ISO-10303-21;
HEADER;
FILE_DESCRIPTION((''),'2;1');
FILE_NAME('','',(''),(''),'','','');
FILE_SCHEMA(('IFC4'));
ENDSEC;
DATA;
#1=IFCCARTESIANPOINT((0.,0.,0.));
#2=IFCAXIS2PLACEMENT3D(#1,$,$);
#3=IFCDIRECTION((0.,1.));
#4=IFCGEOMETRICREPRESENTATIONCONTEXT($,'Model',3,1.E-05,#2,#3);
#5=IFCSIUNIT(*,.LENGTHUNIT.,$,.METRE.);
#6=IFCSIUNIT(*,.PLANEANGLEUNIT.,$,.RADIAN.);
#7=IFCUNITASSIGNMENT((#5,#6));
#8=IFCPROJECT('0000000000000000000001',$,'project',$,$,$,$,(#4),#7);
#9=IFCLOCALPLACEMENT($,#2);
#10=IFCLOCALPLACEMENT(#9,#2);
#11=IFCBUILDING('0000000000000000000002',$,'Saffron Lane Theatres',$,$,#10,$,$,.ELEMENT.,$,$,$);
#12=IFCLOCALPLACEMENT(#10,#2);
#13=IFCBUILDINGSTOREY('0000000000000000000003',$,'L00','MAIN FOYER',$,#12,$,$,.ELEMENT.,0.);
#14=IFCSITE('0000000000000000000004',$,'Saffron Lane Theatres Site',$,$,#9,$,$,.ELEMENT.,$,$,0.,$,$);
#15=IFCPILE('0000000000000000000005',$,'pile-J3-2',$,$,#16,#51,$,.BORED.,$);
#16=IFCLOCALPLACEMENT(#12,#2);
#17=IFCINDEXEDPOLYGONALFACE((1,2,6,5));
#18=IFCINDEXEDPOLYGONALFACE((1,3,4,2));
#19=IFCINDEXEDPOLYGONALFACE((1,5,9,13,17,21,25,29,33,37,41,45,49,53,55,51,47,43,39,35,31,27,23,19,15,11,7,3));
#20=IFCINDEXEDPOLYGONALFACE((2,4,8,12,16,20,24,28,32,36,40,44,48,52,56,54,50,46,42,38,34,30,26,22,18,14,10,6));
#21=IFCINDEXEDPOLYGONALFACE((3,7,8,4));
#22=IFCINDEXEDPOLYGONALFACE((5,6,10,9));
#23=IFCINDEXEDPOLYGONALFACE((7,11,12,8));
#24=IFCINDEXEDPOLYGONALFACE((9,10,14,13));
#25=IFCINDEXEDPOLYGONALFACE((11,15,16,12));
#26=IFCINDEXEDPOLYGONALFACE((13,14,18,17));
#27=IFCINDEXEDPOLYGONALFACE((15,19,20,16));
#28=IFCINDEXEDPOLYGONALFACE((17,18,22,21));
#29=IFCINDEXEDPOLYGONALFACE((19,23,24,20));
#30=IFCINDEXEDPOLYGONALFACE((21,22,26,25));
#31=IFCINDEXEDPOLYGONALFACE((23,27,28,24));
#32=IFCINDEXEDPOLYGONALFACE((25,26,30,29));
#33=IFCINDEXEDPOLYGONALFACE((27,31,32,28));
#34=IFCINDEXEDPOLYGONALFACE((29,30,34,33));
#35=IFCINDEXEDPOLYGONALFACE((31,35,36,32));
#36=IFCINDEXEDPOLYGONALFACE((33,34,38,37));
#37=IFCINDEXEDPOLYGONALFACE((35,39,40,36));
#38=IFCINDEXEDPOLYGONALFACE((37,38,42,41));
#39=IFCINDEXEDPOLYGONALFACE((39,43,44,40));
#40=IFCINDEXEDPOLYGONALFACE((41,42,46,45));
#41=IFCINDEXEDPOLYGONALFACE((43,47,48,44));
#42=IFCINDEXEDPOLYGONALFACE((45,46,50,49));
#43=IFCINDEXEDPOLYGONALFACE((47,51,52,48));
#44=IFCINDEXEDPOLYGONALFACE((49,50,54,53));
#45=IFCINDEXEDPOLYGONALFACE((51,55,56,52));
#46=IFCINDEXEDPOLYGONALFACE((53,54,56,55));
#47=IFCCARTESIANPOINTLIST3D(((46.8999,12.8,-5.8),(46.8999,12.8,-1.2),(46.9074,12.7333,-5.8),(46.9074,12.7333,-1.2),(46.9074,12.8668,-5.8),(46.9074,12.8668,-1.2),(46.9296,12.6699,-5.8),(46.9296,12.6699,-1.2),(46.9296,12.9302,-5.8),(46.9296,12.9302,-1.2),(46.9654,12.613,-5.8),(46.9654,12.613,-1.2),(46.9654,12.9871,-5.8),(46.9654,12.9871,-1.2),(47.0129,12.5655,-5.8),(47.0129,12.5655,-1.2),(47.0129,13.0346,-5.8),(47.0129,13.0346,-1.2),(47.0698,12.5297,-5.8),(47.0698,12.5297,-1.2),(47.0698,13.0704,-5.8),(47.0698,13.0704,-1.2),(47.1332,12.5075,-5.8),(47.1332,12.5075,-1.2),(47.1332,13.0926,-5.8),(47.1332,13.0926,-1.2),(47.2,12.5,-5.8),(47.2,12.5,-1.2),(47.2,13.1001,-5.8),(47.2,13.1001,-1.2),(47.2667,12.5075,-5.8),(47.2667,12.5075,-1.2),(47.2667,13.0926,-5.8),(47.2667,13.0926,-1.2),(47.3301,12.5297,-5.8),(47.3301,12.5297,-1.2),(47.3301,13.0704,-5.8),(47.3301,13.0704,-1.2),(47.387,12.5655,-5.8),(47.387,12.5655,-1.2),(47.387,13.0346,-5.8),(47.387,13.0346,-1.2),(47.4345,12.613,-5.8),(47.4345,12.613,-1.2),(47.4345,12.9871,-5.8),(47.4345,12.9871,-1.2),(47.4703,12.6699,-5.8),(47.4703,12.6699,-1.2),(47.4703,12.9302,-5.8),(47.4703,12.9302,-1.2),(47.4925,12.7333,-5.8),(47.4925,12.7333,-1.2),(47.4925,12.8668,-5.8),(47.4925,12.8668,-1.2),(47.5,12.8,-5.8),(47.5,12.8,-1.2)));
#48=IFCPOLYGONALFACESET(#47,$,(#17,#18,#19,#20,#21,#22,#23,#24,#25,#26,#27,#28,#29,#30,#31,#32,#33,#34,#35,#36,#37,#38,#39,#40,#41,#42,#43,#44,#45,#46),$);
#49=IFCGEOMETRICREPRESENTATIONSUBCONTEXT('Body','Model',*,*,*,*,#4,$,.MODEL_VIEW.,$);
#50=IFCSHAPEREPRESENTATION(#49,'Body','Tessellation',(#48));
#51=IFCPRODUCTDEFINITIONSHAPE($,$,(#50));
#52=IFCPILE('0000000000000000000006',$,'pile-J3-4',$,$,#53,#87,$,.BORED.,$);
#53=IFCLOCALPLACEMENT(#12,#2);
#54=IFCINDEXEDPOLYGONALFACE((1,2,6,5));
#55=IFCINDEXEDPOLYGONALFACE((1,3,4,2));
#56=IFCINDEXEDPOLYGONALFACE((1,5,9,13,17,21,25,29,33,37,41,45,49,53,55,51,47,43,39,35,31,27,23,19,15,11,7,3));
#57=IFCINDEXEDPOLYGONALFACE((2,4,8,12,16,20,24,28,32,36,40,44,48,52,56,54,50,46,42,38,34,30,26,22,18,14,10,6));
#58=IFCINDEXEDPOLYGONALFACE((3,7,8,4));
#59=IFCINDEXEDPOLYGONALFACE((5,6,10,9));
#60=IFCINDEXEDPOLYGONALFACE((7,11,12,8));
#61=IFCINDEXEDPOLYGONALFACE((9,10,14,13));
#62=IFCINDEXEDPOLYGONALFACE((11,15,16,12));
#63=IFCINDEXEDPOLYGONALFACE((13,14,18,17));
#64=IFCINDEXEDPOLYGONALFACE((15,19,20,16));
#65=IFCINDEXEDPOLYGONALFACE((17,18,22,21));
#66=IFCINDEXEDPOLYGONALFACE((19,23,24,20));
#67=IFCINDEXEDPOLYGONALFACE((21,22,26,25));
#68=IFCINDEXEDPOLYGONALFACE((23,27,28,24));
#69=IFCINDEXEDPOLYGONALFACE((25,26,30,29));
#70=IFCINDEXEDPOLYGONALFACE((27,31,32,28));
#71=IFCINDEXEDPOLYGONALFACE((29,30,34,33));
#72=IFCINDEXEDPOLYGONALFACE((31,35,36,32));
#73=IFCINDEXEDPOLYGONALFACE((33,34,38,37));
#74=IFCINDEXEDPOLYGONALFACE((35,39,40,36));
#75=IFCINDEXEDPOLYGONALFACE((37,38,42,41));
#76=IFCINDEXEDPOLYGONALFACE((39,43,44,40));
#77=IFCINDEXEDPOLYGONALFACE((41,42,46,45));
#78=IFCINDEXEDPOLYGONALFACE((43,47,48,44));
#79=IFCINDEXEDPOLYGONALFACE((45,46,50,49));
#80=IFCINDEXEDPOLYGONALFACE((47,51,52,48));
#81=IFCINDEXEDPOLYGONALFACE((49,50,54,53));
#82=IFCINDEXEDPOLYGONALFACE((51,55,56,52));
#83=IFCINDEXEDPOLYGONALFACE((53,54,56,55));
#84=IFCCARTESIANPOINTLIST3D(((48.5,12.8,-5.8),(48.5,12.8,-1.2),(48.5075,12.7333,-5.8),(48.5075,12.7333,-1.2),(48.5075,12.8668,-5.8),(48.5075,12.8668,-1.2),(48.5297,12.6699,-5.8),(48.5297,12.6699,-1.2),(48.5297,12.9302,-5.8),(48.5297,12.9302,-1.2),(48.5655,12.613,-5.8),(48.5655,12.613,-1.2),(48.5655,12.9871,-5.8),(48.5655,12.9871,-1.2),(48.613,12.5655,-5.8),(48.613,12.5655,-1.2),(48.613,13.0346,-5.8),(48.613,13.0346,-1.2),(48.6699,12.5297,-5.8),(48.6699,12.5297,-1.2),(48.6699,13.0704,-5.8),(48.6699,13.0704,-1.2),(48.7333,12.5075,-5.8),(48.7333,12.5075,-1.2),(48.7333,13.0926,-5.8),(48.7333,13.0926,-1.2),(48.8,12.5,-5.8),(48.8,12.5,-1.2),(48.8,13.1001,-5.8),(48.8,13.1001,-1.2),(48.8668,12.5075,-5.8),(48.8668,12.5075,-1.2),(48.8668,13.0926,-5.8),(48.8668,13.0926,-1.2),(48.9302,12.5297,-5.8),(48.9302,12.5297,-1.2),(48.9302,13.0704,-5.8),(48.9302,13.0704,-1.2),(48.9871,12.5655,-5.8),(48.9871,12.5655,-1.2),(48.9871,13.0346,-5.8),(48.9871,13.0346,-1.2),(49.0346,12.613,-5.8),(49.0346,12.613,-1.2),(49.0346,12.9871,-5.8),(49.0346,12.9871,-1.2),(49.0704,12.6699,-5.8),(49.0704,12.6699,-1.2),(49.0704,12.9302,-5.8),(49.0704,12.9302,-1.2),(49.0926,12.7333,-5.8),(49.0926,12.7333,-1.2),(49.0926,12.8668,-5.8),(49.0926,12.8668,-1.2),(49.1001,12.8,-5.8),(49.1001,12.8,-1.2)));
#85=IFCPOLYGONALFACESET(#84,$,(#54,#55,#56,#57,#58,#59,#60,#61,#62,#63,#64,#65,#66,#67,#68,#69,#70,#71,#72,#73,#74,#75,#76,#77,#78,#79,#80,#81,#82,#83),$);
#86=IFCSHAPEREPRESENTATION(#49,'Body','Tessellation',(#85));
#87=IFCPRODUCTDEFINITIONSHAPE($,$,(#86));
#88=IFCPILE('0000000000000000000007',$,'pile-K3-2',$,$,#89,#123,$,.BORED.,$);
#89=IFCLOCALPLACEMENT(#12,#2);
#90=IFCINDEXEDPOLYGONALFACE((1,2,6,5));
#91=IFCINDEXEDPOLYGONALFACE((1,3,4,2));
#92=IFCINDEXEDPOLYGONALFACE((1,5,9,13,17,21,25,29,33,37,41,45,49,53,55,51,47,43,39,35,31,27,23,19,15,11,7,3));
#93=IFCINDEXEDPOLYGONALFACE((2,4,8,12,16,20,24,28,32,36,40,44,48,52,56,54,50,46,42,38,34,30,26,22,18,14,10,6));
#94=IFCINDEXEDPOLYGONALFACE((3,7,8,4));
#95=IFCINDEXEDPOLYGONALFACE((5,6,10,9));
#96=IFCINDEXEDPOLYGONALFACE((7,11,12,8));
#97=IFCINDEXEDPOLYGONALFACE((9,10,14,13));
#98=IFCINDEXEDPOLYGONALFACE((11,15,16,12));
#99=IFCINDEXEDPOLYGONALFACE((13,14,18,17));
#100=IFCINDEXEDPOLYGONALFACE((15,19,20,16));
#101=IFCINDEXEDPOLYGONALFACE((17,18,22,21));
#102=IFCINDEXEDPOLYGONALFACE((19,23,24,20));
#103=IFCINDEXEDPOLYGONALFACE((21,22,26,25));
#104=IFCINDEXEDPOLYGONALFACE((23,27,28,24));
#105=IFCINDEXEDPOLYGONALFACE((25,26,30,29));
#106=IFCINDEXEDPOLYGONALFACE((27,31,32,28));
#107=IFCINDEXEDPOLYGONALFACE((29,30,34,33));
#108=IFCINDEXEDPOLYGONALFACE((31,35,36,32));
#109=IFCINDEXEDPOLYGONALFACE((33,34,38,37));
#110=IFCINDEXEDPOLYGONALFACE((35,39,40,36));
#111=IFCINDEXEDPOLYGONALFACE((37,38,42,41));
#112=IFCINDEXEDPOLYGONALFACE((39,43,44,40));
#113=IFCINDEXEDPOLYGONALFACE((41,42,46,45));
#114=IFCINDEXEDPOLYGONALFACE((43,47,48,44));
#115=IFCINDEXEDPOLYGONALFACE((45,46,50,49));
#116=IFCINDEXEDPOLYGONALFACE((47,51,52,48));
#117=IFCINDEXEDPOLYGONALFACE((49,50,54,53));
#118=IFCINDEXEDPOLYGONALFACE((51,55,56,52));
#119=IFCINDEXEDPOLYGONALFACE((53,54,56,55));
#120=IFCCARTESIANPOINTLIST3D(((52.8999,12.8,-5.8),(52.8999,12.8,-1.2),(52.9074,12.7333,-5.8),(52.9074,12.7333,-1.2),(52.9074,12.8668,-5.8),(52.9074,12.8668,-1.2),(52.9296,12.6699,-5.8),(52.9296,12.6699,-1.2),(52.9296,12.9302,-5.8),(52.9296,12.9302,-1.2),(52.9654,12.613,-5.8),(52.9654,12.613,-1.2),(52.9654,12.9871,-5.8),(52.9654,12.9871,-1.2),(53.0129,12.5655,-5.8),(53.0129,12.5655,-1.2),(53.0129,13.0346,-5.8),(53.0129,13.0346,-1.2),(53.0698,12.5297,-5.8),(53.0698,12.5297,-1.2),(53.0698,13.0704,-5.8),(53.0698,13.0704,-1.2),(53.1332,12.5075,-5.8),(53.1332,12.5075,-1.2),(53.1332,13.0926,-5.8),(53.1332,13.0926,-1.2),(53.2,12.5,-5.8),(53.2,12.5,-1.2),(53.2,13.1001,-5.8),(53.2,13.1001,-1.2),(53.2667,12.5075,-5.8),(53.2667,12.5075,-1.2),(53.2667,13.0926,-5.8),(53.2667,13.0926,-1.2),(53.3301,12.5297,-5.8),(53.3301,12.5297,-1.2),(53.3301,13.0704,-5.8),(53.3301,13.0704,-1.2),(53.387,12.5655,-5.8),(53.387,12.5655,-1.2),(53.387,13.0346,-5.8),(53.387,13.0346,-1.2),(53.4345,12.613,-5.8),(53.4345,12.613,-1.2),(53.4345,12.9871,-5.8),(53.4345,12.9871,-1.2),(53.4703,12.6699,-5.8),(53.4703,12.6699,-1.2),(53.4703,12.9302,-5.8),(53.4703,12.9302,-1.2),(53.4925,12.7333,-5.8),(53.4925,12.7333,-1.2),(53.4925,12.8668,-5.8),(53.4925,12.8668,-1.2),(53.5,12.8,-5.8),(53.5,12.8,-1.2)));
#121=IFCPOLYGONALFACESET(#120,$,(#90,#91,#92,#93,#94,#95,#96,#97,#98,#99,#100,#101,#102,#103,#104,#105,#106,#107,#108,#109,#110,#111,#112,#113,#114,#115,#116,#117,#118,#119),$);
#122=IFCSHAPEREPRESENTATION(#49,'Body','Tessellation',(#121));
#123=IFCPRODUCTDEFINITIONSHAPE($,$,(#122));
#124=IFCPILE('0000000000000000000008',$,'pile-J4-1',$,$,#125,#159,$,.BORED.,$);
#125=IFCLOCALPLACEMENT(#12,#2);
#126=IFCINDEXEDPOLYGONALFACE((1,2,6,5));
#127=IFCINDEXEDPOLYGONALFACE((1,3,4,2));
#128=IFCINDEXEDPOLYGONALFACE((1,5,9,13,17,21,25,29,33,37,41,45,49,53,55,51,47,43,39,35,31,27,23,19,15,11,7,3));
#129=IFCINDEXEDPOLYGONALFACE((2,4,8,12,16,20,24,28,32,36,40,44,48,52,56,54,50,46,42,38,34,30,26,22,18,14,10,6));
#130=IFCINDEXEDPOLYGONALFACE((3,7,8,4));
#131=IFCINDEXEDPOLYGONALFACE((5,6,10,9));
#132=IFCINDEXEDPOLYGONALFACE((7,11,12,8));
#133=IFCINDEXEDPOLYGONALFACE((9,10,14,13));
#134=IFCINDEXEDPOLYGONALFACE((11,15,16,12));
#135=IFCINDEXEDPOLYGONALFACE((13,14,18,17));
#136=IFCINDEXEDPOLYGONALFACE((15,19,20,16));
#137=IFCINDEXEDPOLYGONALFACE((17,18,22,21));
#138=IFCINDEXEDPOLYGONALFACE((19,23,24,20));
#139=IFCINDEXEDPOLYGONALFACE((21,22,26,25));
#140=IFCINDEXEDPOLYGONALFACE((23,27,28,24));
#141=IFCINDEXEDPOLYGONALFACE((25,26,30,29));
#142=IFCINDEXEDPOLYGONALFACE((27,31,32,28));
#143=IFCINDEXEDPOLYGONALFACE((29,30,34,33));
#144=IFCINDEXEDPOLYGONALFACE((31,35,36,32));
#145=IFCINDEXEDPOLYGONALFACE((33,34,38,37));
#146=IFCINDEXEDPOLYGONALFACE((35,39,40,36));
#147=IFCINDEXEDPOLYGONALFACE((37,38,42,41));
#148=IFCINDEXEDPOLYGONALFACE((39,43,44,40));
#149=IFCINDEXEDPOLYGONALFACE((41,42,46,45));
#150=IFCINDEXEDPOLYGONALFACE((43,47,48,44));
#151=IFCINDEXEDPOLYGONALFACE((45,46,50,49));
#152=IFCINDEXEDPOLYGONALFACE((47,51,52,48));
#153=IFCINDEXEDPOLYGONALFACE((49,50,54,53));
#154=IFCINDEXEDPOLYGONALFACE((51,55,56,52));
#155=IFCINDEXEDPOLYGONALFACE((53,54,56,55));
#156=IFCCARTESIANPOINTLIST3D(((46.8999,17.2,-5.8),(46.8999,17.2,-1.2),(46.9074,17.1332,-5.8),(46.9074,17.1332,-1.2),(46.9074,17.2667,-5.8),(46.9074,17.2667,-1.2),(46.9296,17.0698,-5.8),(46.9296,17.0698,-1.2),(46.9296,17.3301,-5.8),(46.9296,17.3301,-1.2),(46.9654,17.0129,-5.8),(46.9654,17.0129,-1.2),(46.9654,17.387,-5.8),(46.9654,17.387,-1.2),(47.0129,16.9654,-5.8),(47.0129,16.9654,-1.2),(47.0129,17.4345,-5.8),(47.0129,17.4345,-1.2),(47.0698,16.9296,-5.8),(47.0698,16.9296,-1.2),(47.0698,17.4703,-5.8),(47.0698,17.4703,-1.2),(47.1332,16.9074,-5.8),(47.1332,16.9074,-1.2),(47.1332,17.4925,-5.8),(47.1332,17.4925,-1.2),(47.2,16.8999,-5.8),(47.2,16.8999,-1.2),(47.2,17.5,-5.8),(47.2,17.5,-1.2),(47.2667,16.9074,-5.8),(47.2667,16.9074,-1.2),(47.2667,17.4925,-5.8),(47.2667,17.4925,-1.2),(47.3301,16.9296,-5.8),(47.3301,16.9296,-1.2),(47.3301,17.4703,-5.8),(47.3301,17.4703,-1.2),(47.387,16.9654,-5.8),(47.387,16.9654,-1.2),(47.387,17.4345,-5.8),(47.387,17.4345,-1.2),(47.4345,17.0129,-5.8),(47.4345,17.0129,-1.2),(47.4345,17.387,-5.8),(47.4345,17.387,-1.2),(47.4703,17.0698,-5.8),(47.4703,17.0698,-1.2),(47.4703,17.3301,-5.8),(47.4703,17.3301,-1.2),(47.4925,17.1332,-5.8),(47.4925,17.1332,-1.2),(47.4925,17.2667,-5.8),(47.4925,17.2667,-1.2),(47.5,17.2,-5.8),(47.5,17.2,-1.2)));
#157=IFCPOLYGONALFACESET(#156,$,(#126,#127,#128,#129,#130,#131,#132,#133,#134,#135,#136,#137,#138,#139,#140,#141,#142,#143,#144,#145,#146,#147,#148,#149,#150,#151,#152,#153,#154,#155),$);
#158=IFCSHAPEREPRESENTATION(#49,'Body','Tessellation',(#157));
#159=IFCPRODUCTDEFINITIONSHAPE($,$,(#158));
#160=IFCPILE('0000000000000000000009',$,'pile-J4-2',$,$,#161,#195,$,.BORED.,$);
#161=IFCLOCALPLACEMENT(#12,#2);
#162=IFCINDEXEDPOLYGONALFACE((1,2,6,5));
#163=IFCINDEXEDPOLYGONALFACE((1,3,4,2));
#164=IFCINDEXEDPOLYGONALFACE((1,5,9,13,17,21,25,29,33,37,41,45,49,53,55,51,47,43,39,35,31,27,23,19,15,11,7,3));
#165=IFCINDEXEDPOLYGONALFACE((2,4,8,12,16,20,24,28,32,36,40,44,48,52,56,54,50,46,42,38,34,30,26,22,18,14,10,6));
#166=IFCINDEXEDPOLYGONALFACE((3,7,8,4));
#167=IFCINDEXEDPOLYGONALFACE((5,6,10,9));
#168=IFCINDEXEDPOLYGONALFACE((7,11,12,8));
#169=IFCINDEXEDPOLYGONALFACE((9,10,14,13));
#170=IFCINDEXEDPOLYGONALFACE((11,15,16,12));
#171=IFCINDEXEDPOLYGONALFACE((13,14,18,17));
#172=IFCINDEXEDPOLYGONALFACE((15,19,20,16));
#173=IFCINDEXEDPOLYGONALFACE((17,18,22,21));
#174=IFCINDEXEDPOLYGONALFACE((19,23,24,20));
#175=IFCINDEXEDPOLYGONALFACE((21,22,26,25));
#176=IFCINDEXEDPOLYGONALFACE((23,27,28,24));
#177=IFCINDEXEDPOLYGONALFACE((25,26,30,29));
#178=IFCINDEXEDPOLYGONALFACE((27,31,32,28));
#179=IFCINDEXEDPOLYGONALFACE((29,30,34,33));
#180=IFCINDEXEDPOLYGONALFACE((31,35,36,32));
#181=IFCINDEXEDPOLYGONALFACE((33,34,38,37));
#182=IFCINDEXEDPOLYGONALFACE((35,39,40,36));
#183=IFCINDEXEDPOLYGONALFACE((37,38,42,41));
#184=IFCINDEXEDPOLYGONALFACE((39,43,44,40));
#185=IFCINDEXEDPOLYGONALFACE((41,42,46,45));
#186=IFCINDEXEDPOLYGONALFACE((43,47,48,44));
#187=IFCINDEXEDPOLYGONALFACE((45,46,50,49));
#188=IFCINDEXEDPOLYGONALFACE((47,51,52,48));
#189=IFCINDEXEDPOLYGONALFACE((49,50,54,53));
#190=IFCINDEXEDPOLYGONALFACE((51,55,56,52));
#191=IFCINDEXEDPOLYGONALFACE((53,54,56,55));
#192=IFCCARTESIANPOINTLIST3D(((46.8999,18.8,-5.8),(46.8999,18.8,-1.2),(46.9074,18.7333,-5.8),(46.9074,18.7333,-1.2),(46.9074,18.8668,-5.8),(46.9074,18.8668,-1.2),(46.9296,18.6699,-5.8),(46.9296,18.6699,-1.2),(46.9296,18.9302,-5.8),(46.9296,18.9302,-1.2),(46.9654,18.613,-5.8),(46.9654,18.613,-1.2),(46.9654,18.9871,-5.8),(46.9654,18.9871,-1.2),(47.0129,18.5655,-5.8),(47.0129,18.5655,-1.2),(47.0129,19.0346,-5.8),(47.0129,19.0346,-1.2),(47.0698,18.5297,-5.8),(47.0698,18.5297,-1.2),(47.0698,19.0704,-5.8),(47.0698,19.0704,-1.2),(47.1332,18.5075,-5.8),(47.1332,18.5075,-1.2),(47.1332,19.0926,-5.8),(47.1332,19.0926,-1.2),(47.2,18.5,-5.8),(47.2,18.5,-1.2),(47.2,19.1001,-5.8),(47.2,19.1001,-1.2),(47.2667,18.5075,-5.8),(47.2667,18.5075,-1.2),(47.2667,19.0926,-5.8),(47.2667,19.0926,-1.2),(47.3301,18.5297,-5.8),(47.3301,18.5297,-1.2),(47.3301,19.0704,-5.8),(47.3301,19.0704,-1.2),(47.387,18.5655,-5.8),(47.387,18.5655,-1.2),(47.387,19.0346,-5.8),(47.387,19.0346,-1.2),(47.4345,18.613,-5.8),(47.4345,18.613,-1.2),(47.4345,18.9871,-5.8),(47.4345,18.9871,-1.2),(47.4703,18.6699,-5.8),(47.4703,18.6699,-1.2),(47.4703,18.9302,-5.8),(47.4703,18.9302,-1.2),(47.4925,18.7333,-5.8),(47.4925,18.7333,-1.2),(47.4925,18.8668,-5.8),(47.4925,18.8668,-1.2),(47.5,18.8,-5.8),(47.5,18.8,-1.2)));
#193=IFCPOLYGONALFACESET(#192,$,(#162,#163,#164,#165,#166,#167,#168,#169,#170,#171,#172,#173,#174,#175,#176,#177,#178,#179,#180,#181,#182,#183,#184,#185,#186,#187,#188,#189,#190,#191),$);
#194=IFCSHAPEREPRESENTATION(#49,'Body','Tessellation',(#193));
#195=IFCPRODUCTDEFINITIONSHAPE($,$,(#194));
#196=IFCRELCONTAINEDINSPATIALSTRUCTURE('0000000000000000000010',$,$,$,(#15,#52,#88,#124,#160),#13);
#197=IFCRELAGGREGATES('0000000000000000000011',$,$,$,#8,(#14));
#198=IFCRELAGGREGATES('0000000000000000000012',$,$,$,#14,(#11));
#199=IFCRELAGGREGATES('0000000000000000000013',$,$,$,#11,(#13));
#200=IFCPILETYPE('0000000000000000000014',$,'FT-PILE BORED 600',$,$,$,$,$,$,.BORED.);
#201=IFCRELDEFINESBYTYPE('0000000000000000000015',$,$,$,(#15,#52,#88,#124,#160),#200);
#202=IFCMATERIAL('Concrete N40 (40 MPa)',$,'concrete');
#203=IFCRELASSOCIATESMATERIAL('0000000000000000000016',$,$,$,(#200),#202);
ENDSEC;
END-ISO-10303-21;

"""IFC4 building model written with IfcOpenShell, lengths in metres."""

from ifc_helpers import new_model, si_unit, direction, frame, origin, origin_2d, place, context, subcontext, project, spatial, circle, extrude, material, material_profile, profile_set, type_object, element, save


model = new_model("IFC4")

# Units and contexts
model_context = context("Model", 3, precision=1e-05, world=origin(), true_north=direction((0.0, 1.0)))
body_context = subcontext(model_context, "Body", "Model", "MODEL_VIEW")
ifc_project = project(units=[si_unit("LENGTHUNIT", "METRE"), si_unit("PLANEANGLEUNIT", "RADIAN")], contexts=[model_context])

# Site, building, storey
site_placement = place(None, origin())
site = spatial("IfcSite", under=ifc_project, at=site_placement, Name="Saffron Lane Theatres Site", CompositionType="ELEMENT", RefElevation=0.0)
building_placement = place(site_placement, origin())
building = spatial("IfcBuilding", under=site, at=building_placement, Name="Saffron Lane Theatres", CompositionType="ELEMENT")
storey_placement = place(building_placement, origin())
storey = spatial("IfcBuildingStorey", under=building, at=storey_placement, Name="L00", Description="MAIN FOYER", CompositionType="ELEMENT", Elevation=0.0)

# Piles
ifc_material_1 = material(Name="Concrete N40 (40 MPa)", Category="concrete")
ifc_material_profile_1 = material_profile(ifc_material_1, circle(Radius=0.3, at=origin_2d()))
ifc_profile_set_1 = profile_set([ifc_material_profile_1], Name="Concrete N40 (40 MPa)")
pile_type = type_object("IfcPileType", Name="FT-PILE BORED 600", PredefinedType="BORED", material=ifc_profile_set_1)
for number, where, z_axis, x_axis, name in (
    (1, (47.2, 12.8, -1.2), (0.0, 0.0, -1.0), (1.0, 0.0, 0.0), "pile-J3-2"),
    (2, (48.8, 12.8, -1.2), (0.0, 0.0, -1.0), (1.0, 0.0, 0.0), "pile-J3-4"),
    (3, (53.2, 12.8, -1.2), (0.0, 0.0, -1.0), (1.0, 0.0, 0.0), "pile-K3-2"),
    (4, (47.2, 17.2, -1.2), (0.0, 0.0, -1.0), (1.0, 0.0, 0.0), "pile-J4-1"),
    (5, (47.2, 18.8, -1.2), (0.0, 0.0, -1.0), (1.0, 0.0, 0.0), "pile-J4-2"),
):
    element("IfcPile", number, at=place(storey_placement, frame(where, z_axis=z_axis, x_axis=x_axis)), inside=storey, type_object=pile_type, Name=name, PredefinedType="BORED", context=body_context, shape_type="SweptSolid", body=[
        extrude(circle(Radius=0.3, at=origin_2d()), origin(), (0.0, 0.0, 1.0), 4.6001),
    ])

save(model, "model.ifc")
